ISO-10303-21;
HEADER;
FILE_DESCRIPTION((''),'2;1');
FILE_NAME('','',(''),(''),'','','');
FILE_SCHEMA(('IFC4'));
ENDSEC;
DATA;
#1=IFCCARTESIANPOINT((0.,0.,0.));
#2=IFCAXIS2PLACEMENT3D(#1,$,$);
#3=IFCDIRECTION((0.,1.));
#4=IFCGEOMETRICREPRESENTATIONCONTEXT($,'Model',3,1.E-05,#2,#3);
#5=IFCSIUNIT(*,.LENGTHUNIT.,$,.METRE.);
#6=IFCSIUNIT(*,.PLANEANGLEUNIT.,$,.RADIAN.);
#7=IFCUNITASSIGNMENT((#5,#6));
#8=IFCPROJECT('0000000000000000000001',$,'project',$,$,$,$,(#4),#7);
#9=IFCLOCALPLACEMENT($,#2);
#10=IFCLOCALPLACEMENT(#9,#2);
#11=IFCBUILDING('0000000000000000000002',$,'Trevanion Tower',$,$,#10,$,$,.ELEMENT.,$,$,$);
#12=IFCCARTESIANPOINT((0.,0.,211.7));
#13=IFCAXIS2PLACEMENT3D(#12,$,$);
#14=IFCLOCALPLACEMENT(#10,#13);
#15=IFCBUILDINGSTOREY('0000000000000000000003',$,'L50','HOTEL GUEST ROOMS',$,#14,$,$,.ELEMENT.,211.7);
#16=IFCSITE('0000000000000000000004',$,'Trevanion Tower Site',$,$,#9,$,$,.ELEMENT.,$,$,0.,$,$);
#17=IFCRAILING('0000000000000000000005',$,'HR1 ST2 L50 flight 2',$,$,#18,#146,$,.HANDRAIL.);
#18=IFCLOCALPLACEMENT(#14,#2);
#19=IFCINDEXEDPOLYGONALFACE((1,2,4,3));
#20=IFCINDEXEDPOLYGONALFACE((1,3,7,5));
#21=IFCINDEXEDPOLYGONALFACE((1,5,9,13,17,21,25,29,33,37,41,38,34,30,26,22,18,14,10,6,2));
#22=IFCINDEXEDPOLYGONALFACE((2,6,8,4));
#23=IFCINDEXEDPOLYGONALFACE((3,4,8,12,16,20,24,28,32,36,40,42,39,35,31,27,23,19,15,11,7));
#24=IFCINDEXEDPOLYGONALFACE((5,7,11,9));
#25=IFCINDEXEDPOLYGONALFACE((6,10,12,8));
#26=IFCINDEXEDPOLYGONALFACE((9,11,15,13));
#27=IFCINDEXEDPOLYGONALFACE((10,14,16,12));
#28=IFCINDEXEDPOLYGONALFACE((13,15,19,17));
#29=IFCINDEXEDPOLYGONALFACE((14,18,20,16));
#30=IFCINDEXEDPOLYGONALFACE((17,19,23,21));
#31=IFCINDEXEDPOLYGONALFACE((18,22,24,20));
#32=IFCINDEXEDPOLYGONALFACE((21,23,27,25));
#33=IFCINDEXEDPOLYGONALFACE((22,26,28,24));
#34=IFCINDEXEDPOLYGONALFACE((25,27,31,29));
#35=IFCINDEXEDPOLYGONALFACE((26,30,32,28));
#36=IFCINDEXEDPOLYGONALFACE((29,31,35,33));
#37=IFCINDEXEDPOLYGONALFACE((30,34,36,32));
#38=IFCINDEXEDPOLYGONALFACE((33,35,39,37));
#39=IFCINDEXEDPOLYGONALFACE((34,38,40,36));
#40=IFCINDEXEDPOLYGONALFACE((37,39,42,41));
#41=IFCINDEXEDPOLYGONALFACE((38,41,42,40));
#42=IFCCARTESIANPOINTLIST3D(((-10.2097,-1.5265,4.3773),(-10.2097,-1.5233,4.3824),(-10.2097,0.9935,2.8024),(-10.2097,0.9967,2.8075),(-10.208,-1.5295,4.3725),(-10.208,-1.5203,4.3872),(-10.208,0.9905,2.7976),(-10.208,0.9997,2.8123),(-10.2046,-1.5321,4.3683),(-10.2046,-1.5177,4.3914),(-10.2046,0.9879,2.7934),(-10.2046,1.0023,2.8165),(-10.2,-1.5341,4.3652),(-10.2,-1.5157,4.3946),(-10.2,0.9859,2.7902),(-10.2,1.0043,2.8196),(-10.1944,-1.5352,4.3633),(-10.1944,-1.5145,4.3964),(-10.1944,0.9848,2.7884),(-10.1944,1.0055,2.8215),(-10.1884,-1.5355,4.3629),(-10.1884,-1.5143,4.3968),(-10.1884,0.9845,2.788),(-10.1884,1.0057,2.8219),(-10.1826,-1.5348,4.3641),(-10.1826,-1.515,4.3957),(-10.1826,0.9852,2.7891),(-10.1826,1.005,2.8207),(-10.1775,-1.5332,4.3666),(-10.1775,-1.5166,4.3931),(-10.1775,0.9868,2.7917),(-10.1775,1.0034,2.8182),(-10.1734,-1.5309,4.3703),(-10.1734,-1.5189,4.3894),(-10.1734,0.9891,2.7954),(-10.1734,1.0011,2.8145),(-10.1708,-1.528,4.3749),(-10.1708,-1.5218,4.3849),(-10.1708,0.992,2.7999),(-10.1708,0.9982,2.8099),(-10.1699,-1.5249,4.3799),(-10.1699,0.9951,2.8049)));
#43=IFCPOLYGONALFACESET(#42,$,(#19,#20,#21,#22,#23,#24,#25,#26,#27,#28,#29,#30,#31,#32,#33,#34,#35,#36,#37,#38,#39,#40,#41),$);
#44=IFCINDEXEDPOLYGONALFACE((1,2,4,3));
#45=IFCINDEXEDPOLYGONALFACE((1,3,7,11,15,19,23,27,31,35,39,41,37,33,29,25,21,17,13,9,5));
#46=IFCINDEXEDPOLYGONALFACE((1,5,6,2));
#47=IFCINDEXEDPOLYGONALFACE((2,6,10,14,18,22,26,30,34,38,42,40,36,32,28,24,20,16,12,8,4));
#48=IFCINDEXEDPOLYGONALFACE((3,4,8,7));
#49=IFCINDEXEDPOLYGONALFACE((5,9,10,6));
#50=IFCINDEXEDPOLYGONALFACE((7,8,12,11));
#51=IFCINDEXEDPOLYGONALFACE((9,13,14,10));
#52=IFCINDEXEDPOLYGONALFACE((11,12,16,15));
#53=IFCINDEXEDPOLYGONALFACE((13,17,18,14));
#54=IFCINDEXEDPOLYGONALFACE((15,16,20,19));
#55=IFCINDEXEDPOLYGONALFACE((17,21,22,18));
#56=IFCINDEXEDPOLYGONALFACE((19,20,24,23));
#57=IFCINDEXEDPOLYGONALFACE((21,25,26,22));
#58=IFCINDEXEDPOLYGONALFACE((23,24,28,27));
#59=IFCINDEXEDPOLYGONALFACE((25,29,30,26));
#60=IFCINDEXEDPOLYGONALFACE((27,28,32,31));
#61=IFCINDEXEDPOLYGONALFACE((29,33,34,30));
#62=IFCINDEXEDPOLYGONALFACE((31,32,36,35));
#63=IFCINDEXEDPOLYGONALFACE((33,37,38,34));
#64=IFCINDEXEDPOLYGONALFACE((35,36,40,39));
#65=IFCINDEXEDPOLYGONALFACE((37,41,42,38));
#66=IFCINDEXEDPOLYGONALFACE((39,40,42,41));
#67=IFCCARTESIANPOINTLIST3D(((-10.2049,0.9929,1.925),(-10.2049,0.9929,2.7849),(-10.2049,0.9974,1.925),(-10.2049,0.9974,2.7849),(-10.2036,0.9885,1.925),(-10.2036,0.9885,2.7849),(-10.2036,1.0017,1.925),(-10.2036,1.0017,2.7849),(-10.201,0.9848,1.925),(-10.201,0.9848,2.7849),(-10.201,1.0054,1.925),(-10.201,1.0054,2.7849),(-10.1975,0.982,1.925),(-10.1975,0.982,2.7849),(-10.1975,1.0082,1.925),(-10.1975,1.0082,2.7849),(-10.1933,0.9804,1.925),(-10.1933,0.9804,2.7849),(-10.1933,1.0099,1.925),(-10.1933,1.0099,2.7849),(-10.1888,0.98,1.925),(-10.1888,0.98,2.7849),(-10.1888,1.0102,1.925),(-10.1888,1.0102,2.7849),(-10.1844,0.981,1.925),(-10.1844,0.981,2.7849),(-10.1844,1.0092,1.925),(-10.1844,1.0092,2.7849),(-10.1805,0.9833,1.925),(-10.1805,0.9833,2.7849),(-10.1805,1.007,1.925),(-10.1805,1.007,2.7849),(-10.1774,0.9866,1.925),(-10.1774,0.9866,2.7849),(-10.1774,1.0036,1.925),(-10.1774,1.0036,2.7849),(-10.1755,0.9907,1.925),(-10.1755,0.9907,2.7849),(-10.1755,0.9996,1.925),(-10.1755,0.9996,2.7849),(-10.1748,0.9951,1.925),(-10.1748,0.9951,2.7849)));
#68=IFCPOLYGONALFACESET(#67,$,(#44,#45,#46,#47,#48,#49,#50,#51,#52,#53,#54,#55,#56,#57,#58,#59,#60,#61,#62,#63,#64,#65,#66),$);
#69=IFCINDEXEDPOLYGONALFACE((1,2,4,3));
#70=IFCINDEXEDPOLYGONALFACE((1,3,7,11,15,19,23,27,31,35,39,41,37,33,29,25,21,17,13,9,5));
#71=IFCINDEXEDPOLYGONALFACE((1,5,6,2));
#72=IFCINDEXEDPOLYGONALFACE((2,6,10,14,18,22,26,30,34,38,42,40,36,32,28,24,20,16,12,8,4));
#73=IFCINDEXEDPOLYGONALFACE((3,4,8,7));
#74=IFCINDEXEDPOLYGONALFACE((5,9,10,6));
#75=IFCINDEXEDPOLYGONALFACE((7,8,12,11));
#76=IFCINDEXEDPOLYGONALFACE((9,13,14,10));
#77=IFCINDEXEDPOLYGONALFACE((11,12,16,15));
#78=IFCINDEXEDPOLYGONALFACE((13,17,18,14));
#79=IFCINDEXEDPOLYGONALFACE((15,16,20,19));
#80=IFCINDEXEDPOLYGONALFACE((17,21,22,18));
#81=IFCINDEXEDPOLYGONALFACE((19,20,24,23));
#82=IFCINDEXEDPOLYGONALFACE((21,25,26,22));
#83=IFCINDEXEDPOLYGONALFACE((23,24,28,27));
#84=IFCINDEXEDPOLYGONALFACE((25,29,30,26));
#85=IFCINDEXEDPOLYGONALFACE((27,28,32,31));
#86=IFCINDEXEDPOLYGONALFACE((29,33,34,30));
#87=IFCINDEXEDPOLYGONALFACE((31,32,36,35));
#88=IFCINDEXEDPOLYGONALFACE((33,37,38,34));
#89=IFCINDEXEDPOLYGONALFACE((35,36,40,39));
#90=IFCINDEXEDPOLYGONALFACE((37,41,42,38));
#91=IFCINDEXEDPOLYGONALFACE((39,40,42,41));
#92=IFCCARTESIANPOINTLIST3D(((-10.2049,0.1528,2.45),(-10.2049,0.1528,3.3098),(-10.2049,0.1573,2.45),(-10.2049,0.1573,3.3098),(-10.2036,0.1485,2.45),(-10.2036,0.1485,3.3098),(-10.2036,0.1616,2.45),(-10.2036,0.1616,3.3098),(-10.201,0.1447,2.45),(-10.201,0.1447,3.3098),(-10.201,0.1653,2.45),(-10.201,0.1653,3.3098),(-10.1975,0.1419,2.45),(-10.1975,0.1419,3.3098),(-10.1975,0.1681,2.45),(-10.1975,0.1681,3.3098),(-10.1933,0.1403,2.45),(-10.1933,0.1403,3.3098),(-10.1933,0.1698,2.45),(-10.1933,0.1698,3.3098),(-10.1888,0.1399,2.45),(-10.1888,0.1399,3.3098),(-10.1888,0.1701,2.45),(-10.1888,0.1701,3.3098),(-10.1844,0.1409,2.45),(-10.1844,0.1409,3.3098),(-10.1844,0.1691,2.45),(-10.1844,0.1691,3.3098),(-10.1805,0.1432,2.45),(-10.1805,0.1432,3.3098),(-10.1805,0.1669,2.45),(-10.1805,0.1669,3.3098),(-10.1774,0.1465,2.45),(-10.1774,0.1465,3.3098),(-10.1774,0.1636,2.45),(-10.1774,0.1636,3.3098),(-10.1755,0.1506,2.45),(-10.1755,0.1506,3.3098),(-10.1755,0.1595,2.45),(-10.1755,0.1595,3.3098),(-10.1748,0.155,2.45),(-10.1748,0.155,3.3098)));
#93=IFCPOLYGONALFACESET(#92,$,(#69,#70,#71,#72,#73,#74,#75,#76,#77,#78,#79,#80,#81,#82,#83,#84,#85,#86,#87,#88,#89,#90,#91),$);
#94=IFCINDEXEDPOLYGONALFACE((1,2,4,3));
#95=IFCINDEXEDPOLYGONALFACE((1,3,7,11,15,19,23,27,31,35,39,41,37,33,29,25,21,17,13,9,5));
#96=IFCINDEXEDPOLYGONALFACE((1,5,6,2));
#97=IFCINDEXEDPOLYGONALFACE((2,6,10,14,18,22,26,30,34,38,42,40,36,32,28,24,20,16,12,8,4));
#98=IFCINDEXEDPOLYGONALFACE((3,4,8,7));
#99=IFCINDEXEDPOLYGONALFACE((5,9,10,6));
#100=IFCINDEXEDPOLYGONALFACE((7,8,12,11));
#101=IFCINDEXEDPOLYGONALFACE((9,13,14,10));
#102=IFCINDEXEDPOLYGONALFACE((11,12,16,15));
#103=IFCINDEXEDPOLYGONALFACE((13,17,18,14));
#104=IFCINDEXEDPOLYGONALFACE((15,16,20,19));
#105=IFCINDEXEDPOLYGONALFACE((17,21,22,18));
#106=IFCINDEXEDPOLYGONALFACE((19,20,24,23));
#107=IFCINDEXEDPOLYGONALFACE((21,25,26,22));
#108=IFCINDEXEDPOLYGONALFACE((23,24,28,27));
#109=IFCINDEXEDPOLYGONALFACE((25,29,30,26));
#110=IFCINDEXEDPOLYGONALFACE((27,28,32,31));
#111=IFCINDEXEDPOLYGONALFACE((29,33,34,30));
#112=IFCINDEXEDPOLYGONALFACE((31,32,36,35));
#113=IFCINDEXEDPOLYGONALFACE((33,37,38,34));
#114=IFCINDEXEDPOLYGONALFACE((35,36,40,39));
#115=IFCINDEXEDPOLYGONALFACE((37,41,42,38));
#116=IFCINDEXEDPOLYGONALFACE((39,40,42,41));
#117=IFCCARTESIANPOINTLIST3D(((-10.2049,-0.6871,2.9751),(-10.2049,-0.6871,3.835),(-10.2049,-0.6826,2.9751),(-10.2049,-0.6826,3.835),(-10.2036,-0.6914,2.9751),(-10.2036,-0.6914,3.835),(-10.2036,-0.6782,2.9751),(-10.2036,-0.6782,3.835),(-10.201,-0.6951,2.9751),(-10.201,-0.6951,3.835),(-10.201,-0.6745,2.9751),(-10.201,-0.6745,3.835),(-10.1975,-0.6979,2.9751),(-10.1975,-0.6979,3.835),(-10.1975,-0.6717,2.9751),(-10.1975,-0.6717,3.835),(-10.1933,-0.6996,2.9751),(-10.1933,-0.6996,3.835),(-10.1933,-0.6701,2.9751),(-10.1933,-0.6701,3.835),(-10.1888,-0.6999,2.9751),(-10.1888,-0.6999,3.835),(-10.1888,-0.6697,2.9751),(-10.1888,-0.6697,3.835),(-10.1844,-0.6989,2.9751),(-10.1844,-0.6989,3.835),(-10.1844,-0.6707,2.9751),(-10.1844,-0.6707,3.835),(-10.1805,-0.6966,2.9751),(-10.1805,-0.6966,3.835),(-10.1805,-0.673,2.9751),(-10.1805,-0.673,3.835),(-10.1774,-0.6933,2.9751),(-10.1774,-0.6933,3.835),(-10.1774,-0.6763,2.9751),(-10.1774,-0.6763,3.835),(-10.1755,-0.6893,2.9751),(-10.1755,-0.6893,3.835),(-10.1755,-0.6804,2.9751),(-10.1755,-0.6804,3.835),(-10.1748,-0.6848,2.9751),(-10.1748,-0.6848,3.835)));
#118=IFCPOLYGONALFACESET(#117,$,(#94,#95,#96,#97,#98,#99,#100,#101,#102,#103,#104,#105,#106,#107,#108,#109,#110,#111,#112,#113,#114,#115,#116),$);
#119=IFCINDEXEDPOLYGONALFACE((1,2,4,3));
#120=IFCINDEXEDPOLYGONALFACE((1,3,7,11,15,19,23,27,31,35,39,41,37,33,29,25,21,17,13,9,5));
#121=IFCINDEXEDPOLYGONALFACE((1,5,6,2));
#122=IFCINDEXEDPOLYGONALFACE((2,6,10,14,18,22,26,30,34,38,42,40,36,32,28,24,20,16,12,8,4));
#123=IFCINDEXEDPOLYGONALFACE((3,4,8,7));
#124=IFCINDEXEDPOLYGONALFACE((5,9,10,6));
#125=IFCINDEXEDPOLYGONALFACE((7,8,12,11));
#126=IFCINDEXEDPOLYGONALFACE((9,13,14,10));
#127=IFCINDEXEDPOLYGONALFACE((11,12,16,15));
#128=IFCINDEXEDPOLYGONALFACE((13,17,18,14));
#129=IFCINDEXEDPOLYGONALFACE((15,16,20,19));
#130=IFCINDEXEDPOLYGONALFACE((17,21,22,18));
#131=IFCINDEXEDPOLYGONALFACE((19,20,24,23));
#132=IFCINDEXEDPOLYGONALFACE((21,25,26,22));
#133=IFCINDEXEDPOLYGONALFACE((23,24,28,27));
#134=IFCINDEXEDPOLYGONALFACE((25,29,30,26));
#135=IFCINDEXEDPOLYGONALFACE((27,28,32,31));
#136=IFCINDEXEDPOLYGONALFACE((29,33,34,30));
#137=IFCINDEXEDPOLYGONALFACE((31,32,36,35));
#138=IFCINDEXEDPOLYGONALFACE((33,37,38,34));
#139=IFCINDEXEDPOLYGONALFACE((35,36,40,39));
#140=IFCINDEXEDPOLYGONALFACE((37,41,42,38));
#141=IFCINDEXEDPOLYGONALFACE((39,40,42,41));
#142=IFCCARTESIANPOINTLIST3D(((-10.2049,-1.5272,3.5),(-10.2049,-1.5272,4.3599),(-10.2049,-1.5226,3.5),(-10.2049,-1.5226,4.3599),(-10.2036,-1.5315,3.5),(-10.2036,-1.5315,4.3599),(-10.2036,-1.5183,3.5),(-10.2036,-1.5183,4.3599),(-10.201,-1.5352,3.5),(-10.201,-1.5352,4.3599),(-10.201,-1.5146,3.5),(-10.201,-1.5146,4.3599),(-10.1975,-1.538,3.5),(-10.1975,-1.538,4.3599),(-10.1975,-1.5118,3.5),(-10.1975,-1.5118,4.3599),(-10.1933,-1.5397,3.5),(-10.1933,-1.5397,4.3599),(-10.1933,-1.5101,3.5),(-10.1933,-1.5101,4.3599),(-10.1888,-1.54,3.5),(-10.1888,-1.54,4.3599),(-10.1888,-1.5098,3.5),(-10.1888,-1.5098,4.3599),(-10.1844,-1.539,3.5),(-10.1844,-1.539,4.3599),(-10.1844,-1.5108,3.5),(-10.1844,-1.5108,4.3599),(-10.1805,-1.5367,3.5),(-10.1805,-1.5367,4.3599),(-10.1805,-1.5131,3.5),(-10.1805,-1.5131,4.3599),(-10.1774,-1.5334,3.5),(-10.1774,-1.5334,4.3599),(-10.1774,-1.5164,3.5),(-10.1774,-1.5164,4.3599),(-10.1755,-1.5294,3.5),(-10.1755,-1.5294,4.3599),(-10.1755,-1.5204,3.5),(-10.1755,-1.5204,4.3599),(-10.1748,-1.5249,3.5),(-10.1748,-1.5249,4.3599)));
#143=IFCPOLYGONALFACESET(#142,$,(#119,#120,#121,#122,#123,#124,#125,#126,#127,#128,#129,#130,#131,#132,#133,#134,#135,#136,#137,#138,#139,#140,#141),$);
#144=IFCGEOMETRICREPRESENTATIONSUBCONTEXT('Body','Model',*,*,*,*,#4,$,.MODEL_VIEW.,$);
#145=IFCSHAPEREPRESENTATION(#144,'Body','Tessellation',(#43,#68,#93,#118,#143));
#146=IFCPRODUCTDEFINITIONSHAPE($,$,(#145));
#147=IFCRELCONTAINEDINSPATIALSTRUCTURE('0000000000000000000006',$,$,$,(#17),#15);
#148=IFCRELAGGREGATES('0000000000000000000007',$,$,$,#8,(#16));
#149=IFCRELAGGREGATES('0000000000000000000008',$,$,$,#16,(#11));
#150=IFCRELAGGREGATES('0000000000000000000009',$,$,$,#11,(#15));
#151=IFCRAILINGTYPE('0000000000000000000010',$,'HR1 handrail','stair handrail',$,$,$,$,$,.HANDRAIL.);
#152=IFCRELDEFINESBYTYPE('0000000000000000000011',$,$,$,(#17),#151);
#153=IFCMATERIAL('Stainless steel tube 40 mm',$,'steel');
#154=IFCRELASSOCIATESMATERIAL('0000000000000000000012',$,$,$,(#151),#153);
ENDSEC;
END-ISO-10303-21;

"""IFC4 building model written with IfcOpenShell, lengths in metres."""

from ifc_helpers import new_model, si_unit, direction, frame, origin, origin_2d, place, context, subcontext, project, spatial, circle, extrude, material, type_object, element, save


model = new_model("IFC4")

# Units and contexts
model_context = context("Model", 3, precision=1e-05, world=origin(), true_north=direction((0.0, 1.0)))
body_context = subcontext(model_context, "Body", "Model", "MODEL_VIEW")
ifc_project = project(units=[si_unit("LENGTHUNIT", "METRE"), si_unit("PLANEANGLEUNIT", "RADIAN")], contexts=[model_context])

# Site, building, storey
site_placement = place(None, origin())
site = spatial("IfcSite", under=ifc_project, at=site_placement, Name="Trevanion Tower Site", CompositionType="ELEMENT", RefElevation=0.0)
building_placement = place(site_placement, origin())
building = spatial("IfcBuilding", under=site, at=building_placement, Name="Trevanion Tower", CompositionType="ELEMENT")
storey_placement = place(building_placement, frame((0.0, 0.0, 211.7)))
storey = spatial("IfcBuildingStorey", under=building, at=storey_placement, Name="L50", Description="HOTEL GUEST ROOMS", CompositionType="ELEMENT", Elevation=211.7)

# Railing
ifc_material_1 = material(Name="Stainless steel tube 40 mm", Category="steel")
railing_type = type_object("IfcRailingType", Name="HR1 handrail", Description="stair handrail", PredefinedType="HANDRAIL", material=ifc_material_1)
railing_placement = place(storey_placement, frame((-10.1899, 0.9951, 1.925)))
element("IfcRailing", 1, at=railing_placement, inside=storey, type_object=railing_type, Name="HR1 ST2 L50 flight 2", PredefinedType="HANDRAIL", context=body_context, shape_type="SweptSolid", body=[
    extrude(circle(Radius=0.02, at=origin_2d()), frame((0.0, 0.0, 0.8799), z_axis=(0.0, -0.848008, 0.529984), x_axis=(1.0, 0.0, 0.0)), (0.0, 0.0, 1.0), 2.9717),
    extrude(circle(Radius=0.0151, at=origin_2d()), origin(), (0.0, 0.0, 1.0), 0.8599),
    extrude(circle(Radius=0.0151, at=origin_2d()), frame((0.0, -0.8401, 0.5249)), (0.0, 0.0, 1.0), 0.8599),
    extrude(circle(Radius=0.0151, at=origin_2d()), frame((0.0, -1.6799, 1.05)), (0.0, 0.0, 1.0), 0.8599),
    extrude(circle(Radius=0.0151, at=origin_2d()), frame((0.0, -2.52, 1.575)), (0.0, 0.0, 1.0), 0.8599),
])

save(model, "model.ifc")
